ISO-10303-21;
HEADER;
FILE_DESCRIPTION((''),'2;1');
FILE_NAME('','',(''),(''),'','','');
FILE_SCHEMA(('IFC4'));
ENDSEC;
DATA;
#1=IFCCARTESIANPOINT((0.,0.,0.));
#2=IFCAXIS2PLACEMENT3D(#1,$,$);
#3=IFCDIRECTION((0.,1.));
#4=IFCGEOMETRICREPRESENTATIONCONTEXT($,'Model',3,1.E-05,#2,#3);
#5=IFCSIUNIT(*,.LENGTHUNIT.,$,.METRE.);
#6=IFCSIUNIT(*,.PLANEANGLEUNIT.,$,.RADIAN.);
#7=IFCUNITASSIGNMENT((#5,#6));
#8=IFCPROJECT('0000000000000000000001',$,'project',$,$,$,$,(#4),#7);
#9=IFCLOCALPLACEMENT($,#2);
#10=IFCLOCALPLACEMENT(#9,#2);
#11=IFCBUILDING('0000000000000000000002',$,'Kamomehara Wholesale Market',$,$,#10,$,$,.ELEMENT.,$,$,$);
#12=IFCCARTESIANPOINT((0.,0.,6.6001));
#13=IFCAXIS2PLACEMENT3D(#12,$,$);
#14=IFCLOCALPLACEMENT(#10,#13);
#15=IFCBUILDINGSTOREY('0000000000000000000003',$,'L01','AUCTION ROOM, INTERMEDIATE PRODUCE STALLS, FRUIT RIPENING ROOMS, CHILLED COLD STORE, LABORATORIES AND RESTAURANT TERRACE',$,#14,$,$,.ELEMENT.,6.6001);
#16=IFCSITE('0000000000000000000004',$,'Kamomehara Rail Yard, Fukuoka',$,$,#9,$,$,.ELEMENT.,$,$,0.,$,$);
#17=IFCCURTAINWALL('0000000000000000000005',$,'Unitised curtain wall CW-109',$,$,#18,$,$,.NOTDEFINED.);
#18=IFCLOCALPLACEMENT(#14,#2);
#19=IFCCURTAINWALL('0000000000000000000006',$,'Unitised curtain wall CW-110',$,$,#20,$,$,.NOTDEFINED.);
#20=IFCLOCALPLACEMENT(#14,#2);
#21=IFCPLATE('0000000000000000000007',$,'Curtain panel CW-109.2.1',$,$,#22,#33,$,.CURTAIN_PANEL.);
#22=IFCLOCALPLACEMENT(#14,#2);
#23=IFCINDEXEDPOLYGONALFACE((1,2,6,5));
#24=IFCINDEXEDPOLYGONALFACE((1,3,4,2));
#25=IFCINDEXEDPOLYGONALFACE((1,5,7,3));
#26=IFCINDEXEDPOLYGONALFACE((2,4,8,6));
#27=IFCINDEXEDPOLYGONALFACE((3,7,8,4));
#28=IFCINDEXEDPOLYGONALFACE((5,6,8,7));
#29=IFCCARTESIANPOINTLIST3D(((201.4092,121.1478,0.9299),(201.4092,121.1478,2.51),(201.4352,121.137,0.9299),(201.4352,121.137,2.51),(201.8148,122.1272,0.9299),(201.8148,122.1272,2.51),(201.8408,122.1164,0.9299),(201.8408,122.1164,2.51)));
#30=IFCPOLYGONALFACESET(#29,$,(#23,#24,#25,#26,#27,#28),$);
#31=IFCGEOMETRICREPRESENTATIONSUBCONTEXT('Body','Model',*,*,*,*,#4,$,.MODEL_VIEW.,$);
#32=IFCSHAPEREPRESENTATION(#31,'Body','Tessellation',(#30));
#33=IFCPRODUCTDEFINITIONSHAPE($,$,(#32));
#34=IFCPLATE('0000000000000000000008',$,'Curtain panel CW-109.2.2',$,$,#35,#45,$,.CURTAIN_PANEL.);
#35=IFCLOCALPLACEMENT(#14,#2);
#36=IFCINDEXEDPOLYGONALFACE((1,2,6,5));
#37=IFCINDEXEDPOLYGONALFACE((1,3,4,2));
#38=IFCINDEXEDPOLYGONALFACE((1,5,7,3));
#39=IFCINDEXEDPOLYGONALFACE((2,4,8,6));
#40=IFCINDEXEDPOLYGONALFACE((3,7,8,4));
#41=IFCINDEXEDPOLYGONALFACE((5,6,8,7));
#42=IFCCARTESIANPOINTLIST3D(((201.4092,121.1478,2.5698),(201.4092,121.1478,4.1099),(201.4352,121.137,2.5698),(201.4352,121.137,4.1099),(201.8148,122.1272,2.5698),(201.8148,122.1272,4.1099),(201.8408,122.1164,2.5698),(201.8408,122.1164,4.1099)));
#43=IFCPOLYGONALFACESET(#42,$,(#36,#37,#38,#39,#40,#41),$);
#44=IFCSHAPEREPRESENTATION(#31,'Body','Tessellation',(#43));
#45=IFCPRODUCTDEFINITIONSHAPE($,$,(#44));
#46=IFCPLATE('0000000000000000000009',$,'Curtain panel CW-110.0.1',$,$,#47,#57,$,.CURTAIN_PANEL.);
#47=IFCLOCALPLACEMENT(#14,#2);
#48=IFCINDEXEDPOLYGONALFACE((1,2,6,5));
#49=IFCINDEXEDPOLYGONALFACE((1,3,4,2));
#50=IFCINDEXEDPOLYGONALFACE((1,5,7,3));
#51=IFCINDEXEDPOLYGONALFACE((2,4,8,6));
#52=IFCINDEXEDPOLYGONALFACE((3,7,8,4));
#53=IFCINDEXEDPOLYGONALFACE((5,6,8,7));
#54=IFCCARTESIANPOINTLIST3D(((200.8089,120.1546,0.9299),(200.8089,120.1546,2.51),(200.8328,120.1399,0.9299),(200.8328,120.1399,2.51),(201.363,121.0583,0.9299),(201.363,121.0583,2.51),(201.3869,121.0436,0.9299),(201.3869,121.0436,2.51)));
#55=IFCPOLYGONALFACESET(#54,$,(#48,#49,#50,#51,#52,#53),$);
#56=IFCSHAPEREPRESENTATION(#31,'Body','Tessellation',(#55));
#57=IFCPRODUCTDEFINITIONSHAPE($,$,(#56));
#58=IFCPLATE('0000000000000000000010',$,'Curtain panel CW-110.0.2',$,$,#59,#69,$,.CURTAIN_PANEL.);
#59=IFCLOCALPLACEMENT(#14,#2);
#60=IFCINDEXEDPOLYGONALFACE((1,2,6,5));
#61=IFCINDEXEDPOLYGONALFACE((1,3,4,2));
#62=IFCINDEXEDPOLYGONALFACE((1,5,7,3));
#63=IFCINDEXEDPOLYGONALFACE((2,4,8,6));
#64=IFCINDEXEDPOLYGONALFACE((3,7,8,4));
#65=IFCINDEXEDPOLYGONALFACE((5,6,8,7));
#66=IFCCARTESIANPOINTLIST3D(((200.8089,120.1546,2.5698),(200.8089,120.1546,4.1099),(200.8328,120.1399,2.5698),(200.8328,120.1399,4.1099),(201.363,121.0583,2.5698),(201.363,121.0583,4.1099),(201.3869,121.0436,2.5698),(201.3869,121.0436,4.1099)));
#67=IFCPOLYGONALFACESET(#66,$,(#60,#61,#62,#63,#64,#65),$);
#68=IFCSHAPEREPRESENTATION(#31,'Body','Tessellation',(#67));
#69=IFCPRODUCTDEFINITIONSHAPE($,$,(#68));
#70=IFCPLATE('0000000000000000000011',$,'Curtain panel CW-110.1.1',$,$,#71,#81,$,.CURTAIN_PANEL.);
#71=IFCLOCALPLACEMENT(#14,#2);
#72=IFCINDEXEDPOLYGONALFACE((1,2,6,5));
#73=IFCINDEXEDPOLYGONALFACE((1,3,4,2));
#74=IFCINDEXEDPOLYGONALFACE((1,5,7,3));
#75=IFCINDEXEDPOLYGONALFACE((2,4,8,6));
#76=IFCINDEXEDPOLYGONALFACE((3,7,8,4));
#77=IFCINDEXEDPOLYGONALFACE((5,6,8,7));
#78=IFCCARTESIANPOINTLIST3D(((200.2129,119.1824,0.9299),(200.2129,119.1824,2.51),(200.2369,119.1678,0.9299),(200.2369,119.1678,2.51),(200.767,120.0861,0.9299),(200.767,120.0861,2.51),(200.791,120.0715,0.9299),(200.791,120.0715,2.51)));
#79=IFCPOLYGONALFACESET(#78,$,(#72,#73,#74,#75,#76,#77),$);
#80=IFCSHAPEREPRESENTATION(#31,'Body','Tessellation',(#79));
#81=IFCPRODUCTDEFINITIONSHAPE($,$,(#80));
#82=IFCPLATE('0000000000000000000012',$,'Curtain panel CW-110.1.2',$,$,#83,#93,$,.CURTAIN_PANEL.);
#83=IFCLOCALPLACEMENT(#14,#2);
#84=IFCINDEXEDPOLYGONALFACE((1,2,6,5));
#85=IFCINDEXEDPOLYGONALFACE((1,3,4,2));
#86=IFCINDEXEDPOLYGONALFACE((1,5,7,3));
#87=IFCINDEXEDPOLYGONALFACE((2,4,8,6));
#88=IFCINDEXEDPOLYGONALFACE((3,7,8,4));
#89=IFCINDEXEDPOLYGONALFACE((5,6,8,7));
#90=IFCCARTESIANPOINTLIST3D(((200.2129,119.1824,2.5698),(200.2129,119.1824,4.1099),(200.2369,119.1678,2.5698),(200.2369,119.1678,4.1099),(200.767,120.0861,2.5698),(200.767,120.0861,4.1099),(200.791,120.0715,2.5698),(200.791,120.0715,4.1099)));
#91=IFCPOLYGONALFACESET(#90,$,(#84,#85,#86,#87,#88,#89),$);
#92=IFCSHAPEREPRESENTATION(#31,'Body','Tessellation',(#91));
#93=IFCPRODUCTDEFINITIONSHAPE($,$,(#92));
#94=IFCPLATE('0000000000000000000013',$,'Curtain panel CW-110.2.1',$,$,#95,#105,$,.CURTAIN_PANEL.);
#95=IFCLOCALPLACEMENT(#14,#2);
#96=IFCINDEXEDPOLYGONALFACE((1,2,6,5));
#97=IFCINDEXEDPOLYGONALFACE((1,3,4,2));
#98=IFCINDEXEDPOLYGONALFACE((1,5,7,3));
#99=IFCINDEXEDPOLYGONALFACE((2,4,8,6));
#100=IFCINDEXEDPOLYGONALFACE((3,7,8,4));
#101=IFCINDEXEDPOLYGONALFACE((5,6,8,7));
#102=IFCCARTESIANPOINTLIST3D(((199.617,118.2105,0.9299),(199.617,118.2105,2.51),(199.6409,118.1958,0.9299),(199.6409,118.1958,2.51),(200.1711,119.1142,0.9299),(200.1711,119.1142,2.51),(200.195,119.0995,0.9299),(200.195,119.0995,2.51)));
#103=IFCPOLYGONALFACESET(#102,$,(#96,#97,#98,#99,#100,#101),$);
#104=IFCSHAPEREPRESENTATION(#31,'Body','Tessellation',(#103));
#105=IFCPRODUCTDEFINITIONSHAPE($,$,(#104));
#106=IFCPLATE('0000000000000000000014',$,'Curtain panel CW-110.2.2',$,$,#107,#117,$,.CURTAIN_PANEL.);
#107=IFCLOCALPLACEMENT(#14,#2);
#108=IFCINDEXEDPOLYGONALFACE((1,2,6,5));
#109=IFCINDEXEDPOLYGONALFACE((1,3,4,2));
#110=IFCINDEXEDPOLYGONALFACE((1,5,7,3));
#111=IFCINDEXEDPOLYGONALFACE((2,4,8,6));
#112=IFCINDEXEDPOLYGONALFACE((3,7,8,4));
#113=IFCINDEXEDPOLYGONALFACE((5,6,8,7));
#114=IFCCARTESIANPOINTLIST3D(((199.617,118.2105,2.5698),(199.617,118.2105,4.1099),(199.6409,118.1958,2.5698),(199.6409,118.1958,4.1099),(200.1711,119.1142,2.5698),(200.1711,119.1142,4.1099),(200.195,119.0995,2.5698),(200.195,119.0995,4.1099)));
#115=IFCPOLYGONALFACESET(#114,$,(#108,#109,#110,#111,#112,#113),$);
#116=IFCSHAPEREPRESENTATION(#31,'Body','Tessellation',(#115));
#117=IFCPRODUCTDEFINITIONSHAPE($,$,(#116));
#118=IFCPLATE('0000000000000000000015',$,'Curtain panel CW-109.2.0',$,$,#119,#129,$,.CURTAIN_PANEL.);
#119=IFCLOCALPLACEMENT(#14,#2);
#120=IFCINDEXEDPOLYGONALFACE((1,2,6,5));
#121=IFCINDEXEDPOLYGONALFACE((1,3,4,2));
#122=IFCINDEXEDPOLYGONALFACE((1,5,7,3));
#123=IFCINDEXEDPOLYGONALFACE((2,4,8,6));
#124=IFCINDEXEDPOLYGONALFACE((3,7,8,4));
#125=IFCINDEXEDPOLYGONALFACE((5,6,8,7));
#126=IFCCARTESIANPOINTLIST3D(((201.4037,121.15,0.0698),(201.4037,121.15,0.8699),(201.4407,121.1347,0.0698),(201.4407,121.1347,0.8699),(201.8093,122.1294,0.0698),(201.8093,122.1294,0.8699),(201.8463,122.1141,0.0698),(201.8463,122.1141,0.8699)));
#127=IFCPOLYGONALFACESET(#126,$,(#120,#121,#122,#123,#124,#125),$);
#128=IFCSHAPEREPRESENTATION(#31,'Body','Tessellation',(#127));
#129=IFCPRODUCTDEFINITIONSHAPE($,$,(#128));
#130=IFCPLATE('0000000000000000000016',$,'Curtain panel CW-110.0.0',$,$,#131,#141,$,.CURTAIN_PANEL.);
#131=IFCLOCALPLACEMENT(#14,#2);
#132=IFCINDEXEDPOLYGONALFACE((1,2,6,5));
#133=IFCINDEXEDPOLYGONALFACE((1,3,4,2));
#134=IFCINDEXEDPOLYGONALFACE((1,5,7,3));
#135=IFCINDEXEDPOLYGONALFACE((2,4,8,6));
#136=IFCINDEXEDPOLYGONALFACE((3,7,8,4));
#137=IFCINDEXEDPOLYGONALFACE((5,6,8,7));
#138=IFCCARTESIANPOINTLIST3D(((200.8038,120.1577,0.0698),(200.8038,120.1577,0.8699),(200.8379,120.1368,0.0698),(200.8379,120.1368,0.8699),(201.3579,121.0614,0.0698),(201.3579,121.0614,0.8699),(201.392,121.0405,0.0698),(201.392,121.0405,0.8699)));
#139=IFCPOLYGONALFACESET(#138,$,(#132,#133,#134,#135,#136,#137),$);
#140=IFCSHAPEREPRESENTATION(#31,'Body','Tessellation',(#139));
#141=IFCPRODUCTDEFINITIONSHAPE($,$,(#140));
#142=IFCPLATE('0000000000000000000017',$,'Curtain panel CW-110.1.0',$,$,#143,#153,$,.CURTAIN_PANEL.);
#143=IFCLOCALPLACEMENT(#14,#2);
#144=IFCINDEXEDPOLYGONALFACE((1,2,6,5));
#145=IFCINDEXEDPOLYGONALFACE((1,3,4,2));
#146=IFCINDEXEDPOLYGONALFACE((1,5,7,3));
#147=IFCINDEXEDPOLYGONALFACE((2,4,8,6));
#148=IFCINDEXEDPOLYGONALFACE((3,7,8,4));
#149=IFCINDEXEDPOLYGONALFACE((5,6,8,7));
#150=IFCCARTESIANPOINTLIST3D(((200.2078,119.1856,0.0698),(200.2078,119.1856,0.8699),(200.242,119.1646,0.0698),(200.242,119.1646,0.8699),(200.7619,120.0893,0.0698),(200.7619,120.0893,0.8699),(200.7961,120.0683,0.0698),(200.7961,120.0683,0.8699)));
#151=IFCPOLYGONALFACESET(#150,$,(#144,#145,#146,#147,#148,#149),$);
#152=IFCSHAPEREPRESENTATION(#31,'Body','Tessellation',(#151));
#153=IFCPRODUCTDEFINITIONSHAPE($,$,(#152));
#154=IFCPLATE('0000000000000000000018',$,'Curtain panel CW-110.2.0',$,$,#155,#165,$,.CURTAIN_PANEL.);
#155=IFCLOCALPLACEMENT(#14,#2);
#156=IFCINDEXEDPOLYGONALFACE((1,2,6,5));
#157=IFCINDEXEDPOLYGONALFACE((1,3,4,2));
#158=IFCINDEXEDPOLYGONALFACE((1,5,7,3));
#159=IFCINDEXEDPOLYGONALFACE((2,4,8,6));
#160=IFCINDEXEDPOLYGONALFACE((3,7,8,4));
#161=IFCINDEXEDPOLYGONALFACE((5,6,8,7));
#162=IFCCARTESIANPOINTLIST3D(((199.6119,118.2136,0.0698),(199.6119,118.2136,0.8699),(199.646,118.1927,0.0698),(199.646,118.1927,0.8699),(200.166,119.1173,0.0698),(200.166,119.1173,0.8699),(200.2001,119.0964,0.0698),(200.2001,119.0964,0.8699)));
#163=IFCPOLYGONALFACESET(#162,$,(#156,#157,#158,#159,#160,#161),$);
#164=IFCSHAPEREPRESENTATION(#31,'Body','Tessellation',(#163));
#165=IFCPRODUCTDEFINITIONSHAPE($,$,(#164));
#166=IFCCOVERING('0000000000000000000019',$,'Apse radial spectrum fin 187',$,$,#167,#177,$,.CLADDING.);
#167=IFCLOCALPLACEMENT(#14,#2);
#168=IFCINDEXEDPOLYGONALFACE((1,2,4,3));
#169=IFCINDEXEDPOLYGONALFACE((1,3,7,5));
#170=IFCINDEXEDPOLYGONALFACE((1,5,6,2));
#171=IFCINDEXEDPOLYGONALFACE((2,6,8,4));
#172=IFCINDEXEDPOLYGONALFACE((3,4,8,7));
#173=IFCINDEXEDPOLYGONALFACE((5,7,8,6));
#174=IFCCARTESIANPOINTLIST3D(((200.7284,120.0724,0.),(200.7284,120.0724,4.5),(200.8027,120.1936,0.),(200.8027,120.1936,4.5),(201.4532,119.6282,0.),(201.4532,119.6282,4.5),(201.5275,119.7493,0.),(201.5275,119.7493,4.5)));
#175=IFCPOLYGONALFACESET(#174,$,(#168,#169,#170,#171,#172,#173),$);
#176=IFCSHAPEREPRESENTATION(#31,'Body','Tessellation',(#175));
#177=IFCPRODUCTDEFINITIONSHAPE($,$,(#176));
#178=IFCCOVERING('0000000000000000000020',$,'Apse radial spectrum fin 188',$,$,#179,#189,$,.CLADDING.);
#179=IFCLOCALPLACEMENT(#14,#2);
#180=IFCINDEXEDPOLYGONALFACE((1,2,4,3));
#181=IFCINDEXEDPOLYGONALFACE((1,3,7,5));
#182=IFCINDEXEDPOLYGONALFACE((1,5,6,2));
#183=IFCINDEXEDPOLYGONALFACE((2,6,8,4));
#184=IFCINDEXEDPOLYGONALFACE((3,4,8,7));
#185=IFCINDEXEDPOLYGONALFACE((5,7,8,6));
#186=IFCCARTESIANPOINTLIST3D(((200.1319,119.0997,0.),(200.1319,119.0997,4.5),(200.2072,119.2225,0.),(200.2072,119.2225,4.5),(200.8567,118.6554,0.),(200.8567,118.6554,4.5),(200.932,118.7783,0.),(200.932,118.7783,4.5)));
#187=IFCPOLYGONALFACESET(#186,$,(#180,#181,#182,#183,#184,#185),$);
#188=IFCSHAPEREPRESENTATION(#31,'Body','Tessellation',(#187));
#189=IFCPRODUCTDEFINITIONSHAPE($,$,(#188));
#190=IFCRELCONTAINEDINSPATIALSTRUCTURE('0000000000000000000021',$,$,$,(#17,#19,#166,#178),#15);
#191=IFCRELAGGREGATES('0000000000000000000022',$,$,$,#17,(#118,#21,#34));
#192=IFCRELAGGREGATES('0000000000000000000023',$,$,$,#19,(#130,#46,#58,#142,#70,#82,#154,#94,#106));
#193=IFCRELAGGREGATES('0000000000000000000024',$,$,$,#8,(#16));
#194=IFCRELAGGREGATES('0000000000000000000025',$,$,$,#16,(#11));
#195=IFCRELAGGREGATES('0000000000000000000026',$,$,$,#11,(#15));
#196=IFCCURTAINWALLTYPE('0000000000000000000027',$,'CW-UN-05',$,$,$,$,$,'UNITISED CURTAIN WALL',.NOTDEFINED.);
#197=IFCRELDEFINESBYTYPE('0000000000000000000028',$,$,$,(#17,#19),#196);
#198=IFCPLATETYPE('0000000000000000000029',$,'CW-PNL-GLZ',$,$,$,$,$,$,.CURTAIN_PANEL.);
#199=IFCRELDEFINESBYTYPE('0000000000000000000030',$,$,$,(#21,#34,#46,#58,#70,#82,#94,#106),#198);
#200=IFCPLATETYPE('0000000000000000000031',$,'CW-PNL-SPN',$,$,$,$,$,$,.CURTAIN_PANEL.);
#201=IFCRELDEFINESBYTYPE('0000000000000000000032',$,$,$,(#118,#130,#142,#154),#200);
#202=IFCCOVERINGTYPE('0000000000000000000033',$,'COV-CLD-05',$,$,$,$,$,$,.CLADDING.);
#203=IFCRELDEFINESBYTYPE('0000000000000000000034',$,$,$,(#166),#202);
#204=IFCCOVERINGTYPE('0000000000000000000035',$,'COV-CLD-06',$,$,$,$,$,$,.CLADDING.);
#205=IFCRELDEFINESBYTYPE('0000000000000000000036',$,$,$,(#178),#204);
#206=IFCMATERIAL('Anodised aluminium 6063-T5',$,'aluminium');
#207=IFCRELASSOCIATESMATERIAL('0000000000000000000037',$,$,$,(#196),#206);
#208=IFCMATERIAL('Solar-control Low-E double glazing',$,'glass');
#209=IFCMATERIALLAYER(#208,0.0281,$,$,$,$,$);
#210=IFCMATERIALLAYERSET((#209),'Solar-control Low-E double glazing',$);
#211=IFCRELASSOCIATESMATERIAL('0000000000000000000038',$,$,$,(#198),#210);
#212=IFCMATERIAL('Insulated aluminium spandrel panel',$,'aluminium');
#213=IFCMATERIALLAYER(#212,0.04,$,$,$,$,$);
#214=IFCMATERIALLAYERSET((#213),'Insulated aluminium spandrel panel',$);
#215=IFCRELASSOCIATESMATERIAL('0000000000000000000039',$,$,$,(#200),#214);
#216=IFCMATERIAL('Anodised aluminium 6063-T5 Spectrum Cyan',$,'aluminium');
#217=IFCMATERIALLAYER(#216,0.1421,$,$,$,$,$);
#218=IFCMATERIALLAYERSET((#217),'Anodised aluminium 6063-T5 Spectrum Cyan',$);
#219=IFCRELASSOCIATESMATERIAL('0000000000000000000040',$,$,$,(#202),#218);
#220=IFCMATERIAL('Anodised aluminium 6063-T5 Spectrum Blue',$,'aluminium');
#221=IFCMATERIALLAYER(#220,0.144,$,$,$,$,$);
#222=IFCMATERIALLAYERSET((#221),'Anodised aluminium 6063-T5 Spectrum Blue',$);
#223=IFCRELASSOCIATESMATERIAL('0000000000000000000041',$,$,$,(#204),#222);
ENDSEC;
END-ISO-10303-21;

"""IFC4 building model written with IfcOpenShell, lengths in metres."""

from ifc_helpers import new_model, si_unit, direction, frame, origin, origin_2d, place, context, subcontext, project, spatial, rectangle, extrude, material, layer, layer_set, type_object, element, aggregate, save


model = new_model("IFC4")

# Units and contexts
model_context = context("Model", 3, precision=1e-05, world=origin(), true_north=direction((0.0, 1.0)))
body_context = subcontext(model_context, "Body", "Model", "MODEL_VIEW")
ifc_project = project(units=[si_unit("LENGTHUNIT", "METRE"), si_unit("PLANEANGLEUNIT", "RADIAN")], contexts=[model_context])

# Site, building, storey
site_placement = place(None, origin())
site = spatial("IfcSite", under=ifc_project, at=site_placement, Name="Kamomehara Rail Yard, Fukuoka", CompositionType="ELEMENT", RefElevation=0.0)
building_placement = place(site_placement, origin())
building = spatial("IfcBuilding", under=site, at=building_placement, Name="Kamomehara Wholesale Market", CompositionType="ELEMENT")
storey_placement = place(building_placement, frame((0.0, 0.0, 6.6001)))
storey = spatial("IfcBuildingStorey", under=building, at=storey_placement, Name="L01", Description="AUCTION ROOM, INTERMEDIATE PRODUCE STALLS, FRUIT RIPENING ROOMS, CHILLED COLD STORE, LABORATORIES AND RESTAURANT TERRACE", CompositionType="ELEMENT", Elevation=6.6001)

# Curtain wall
ifc_material_1 = material(Name="Anodised aluminium 6063-T5", Category="aluminium")
curtain_wall_type = type_object("IfcCurtainWallType", Name="CW-UN-05", ElementType="UNITISED CURTAIN WALL", PredefinedType="NOTDEFINED", material=ifc_material_1)
curtain_wall_1_placement = place(storey_placement, origin())
curtain_wall_1 = element("IfcCurtainWall", 1, at=curtain_wall_1_placement, inside=storey, type_object=curtain_wall_type, Name="Unitised curtain wall CW-109", PredefinedType="NOTDEFINED")

# Curtain wall
curtain_wall_2_placement = place(storey_placement, origin())
curtain_wall_2 = element("IfcCurtainWall", 2, at=curtain_wall_2_placement, inside=storey, type_object=curtain_wall_type, Name="Unitised curtain wall CW-110", PredefinedType="NOTDEFINED")

# Plates
ifc_material_2 = material(Name="Solar-control Low-E double glazing", Category="glass")
ifc_layer_1 = layer(ifc_material_2, 0.0281)
ifc_layer_set_1 = layer_set([ifc_layer_1], Name="Solar-control Low-E double glazing")
plate_type_1 = type_object("IfcPlateType", Name="CW-PNL-GLZ", PredefinedType="CURTAIN_PANEL", material=ifc_layer_set_1)
plate_1_placement = place(storey_placement, frame((201.625, 121.6321, 0.9299), z_axis=(0.0, 0.0, 1.0), x_axis=(-0.382603, -0.923913, 0.0)))
plate_1 = element("IfcPlate", 3, at=plate_1_placement, type_object=plate_type_1, Name="Curtain panel CW-109.2.1", PredefinedType="CURTAIN_PANEL", context=body_context, shape_type="SweptSolid", body=[
    extrude(rectangle(XDim=1.0601, YDim=0.0281, at=origin_2d()), origin(), (0.0, 0.0, 1.0), 1.5801),
])
plate_2_placement = place(storey_placement, frame((201.625, 121.6321, 2.5698), z_axis=(0.0, 0.0, 1.0), x_axis=(-0.382603, -0.923913, 0.0)))
plate_2 = element("IfcPlate", 4, at=plate_2_placement, type_object=plate_type_1, Name="Curtain panel CW-109.2.2", PredefinedType="CURTAIN_PANEL", context=body_context, shape_type="SweptSolid", body=[
    extrude(rectangle(XDim=1.0601, YDim=0.0281, at=origin_2d()), origin(), (0.0, 0.0, 1.0), 1.54),
])
plate_3_placement = place(storey_placement, frame((201.0979, 120.5991, 0.9299), z_axis=(0.0, 0.0, 1.0), x_axis=(-0.522722, -0.852503, 0.0)))
plate_3 = element("IfcPlate", 5, at=plate_3_placement, type_object=plate_type_1, Name="Curtain panel CW-110.0.1", PredefinedType="CURTAIN_PANEL", context=body_context, shape_type="SweptSolid", body=[
    extrude(rectangle(XDim=1.0601, YDim=0.0281, at=origin_2d()), origin(), (0.0, 0.0, 1.0), 1.5801),
])
plate_4_placement = place(storey_placement, frame((201.0979, 120.5991, 2.5698), z_axis=(0.0, 0.0, 1.0), x_axis=(-0.522722, -0.852503, 0.0)))
plate_4 = element("IfcPlate", 6, at=plate_4_placement, type_object=plate_type_1, Name="Curtain panel CW-110.0.2", PredefinedType="CURTAIN_PANEL", context=body_context, shape_type="SweptSolid", body=[
    extrude(rectangle(XDim=1.0601, YDim=0.0281, at=origin_2d()), origin(), (0.0, 0.0, 1.0), 1.54),
])
plate_5_placement = place(storey_placement, frame((200.502, 119.627, 0.9299), z_axis=(0.0, 0.0, 1.0), x_axis=(-0.522722, -0.852503, 0.0)))
plate_5 = element("IfcPlate", 7, at=plate_5_placement, type_object=plate_type_1, Name="Curtain panel CW-110.1.1", PredefinedType="CURTAIN_PANEL", context=body_context, shape_type="SweptSolid", body=[
    extrude(rectangle(XDim=1.0601, YDim=0.0281, at=origin_2d()), origin(), (0.0, 0.0, 1.0), 1.5801),
])
plate_6_placement = place(storey_placement, frame((200.502, 119.627, 2.5698), z_axis=(0.0, 0.0, 1.0), x_axis=(-0.522722, -0.852503, 0.0)))
plate_6 = element("IfcPlate", 8, at=plate_6_placement, type_object=plate_type_1, Name="Curtain panel CW-110.1.2", PredefinedType="CURTAIN_PANEL", context=body_context, shape_type="SweptSolid", body=[
    extrude(rectangle(XDim=1.0601, YDim=0.0281, at=origin_2d()), origin(), (0.0, 0.0, 1.0), 1.54),
])
plate_7_placement = place(storey_placement, frame((199.906, 118.655, 0.9299), z_axis=(0.0, 0.0, 1.0), x_axis=(-0.522722, -0.852503, 0.0)))
plate_7 = element("IfcPlate", 9, at=plate_7_placement, type_object=plate_type_1, Name="Curtain panel CW-110.2.1", PredefinedType="CURTAIN_PANEL", context=body_context, shape_type="SweptSolid", body=[
    extrude(rectangle(XDim=1.0601, YDim=0.0281, at=origin_2d()), origin(), (0.0, 0.0, 1.0), 1.5801),
])
plate_8_placement = place(storey_placement, frame((199.906, 118.655, 2.5698), z_axis=(0.0, 0.0, 1.0), x_axis=(-0.522722, -0.852503, 0.0)))
plate_8 = element("IfcPlate", 10, at=plate_8_placement, type_object=plate_type_1, Name="Curtain panel CW-110.2.2", PredefinedType="CURTAIN_PANEL", context=body_context, shape_type="SweptSolid", body=[
    extrude(rectangle(XDim=1.0601, YDim=0.0281, at=origin_2d()), origin(), (0.0, 0.0, 1.0), 1.54),
])
ifc_material_3 = material(Name="Insulated aluminium spandrel panel", Category="aluminium")
ifc_layer_2 = layer(ifc_material_3, 0.04)
ifc_layer_set_2 = layer_set([ifc_layer_2], Name="Insulated aluminium spandrel panel")
plate_type_2 = type_object("IfcPlateType", Name="CW-PNL-SPN", PredefinedType="CURTAIN_PANEL", material=ifc_layer_set_2)
plate_9_placement = place(storey_placement, frame((201.625, 121.6321, 0.0698), z_axis=(0.0, 0.0, 1.0), x_axis=(-0.382603, -0.923913, 0.0)))
plate_9 = element("IfcPlate", 11, at=plate_9_placement, type_object=plate_type_2, Name="Curtain panel CW-109.2.0", PredefinedType="CURTAIN_PANEL", context=body_context, shape_type="SweptSolid", body=[
    extrude(rectangle(XDim=1.0601, YDim=0.04, at=origin_2d()), origin(), (0.0, 0.0, 1.0), 0.8),
])
aggregate(curtain_wall_1, [plate_9, plate_1, plate_2])
plate_10_placement = place(storey_placement, frame((201.0979, 120.5991, 0.0698), z_axis=(0.0, 0.0, 1.0), x_axis=(-0.522722, -0.852503, 0.0)))
plate_10 = element("IfcPlate", 12, at=plate_10_placement, type_object=plate_type_2, Name="Curtain panel CW-110.0.0", PredefinedType="CURTAIN_PANEL", context=body_context, shape_type="SweptSolid", body=[
    extrude(rectangle(XDim=1.0601, YDim=0.04, at=origin_2d()), origin(), (0.0, 0.0, 1.0), 0.8),
])
plate_11_placement = place(storey_placement, frame((200.502, 119.627, 0.0698), z_axis=(0.0, 0.0, 1.0), x_axis=(-0.522722, -0.852503, 0.0)))
plate_11 = element("IfcPlate", 13, at=plate_11_placement, type_object=plate_type_2, Name="Curtain panel CW-110.1.0", PredefinedType="CURTAIN_PANEL", context=body_context, shape_type="SweptSolid", body=[
    extrude(rectangle(XDim=1.0601, YDim=0.04, at=origin_2d()), origin(), (0.0, 0.0, 1.0), 0.8),
])
plate_12_placement = place(storey_placement, frame((199.906, 118.655, 0.0698), z_axis=(0.0, 0.0, 1.0), x_axis=(-0.522722, -0.852503, 0.0)))
plate_12 = element("IfcPlate", 14, at=plate_12_placement, type_object=plate_type_2, Name="Curtain panel CW-110.2.0", PredefinedType="CURTAIN_PANEL", context=body_context, shape_type="SweptSolid", body=[
    extrude(rectangle(XDim=1.0601, YDim=0.04, at=origin_2d()), origin(), (0.0, 0.0, 1.0), 0.8),
])
aggregate(curtain_wall_2, [plate_10, plate_3, plate_4, plate_11, plate_5, plate_6, plate_12, plate_7, plate_8])

# Coverings
ifc_material_4 = material(Name="Anodised aluminium 6063-T5 Spectrum Cyan", Category="aluminium")
ifc_layer_3 = layer(ifc_material_4, 0.1421)
ifc_layer_set_3 = layer_set([ifc_layer_3], Name="Anodised aluminium 6063-T5 Spectrum Cyan")
covering_type_1 = type_object("IfcCoveringType", Name="COV-CLD-05", PredefinedType="CLADDING", material=ifc_layer_set_3)
covering_1_placement = place(storey_placement, frame((201.1279, 119.9109, 0.0), z_axis=(0.0, 0.0, 1.0), x_axis=(-0.522558, -0.852604, 0.0)))
element("IfcCovering", 15, at=covering_1_placement, inside=storey, type_object=covering_type_1, Name="Apse radial spectrum fin 187", PredefinedType="CLADDING", context=body_context, shape_type="SweptSolid", body=[
    extrude(rectangle(XDim=0.1421, YDim=0.8501, at=origin_2d()), origin(), (0.0, 0.0, 1.0), 4.5),
])
ifc_material_5 = material(Name="Anodised aluminium 6063-T5 Spectrum Blue", Category="aluminium")
ifc_layer_4 = layer(ifc_material_5, 0.144)
ifc_layer_set_4 = layer_set([ifc_layer_4], Name="Anodised aluminium 6063-T5 Spectrum Blue")
covering_type_2 = type_object("IfcCoveringType", Name="COV-CLD-06", PredefinedType="CLADDING", material=ifc_layer_set_4)
covering_2_placement = place(storey_placement, frame((200.532, 118.939, 0.0), z_axis=(0.0, 0.0, 1.0), x_axis=(-0.522558, -0.852604, 0.0)))
element("IfcCovering", 16, at=covering_2_placement, inside=storey, type_object=covering_type_2, Name="Apse radial spectrum fin 188", PredefinedType="CLADDING", context=body_context, shape_type="SweptSolid", body=[
    extrude(rectangle(XDim=0.144, YDim=0.8501, at=origin_2d()), origin(), (0.0, 0.0, 1.0), 4.5),
])

save(model, "model.ifc")
